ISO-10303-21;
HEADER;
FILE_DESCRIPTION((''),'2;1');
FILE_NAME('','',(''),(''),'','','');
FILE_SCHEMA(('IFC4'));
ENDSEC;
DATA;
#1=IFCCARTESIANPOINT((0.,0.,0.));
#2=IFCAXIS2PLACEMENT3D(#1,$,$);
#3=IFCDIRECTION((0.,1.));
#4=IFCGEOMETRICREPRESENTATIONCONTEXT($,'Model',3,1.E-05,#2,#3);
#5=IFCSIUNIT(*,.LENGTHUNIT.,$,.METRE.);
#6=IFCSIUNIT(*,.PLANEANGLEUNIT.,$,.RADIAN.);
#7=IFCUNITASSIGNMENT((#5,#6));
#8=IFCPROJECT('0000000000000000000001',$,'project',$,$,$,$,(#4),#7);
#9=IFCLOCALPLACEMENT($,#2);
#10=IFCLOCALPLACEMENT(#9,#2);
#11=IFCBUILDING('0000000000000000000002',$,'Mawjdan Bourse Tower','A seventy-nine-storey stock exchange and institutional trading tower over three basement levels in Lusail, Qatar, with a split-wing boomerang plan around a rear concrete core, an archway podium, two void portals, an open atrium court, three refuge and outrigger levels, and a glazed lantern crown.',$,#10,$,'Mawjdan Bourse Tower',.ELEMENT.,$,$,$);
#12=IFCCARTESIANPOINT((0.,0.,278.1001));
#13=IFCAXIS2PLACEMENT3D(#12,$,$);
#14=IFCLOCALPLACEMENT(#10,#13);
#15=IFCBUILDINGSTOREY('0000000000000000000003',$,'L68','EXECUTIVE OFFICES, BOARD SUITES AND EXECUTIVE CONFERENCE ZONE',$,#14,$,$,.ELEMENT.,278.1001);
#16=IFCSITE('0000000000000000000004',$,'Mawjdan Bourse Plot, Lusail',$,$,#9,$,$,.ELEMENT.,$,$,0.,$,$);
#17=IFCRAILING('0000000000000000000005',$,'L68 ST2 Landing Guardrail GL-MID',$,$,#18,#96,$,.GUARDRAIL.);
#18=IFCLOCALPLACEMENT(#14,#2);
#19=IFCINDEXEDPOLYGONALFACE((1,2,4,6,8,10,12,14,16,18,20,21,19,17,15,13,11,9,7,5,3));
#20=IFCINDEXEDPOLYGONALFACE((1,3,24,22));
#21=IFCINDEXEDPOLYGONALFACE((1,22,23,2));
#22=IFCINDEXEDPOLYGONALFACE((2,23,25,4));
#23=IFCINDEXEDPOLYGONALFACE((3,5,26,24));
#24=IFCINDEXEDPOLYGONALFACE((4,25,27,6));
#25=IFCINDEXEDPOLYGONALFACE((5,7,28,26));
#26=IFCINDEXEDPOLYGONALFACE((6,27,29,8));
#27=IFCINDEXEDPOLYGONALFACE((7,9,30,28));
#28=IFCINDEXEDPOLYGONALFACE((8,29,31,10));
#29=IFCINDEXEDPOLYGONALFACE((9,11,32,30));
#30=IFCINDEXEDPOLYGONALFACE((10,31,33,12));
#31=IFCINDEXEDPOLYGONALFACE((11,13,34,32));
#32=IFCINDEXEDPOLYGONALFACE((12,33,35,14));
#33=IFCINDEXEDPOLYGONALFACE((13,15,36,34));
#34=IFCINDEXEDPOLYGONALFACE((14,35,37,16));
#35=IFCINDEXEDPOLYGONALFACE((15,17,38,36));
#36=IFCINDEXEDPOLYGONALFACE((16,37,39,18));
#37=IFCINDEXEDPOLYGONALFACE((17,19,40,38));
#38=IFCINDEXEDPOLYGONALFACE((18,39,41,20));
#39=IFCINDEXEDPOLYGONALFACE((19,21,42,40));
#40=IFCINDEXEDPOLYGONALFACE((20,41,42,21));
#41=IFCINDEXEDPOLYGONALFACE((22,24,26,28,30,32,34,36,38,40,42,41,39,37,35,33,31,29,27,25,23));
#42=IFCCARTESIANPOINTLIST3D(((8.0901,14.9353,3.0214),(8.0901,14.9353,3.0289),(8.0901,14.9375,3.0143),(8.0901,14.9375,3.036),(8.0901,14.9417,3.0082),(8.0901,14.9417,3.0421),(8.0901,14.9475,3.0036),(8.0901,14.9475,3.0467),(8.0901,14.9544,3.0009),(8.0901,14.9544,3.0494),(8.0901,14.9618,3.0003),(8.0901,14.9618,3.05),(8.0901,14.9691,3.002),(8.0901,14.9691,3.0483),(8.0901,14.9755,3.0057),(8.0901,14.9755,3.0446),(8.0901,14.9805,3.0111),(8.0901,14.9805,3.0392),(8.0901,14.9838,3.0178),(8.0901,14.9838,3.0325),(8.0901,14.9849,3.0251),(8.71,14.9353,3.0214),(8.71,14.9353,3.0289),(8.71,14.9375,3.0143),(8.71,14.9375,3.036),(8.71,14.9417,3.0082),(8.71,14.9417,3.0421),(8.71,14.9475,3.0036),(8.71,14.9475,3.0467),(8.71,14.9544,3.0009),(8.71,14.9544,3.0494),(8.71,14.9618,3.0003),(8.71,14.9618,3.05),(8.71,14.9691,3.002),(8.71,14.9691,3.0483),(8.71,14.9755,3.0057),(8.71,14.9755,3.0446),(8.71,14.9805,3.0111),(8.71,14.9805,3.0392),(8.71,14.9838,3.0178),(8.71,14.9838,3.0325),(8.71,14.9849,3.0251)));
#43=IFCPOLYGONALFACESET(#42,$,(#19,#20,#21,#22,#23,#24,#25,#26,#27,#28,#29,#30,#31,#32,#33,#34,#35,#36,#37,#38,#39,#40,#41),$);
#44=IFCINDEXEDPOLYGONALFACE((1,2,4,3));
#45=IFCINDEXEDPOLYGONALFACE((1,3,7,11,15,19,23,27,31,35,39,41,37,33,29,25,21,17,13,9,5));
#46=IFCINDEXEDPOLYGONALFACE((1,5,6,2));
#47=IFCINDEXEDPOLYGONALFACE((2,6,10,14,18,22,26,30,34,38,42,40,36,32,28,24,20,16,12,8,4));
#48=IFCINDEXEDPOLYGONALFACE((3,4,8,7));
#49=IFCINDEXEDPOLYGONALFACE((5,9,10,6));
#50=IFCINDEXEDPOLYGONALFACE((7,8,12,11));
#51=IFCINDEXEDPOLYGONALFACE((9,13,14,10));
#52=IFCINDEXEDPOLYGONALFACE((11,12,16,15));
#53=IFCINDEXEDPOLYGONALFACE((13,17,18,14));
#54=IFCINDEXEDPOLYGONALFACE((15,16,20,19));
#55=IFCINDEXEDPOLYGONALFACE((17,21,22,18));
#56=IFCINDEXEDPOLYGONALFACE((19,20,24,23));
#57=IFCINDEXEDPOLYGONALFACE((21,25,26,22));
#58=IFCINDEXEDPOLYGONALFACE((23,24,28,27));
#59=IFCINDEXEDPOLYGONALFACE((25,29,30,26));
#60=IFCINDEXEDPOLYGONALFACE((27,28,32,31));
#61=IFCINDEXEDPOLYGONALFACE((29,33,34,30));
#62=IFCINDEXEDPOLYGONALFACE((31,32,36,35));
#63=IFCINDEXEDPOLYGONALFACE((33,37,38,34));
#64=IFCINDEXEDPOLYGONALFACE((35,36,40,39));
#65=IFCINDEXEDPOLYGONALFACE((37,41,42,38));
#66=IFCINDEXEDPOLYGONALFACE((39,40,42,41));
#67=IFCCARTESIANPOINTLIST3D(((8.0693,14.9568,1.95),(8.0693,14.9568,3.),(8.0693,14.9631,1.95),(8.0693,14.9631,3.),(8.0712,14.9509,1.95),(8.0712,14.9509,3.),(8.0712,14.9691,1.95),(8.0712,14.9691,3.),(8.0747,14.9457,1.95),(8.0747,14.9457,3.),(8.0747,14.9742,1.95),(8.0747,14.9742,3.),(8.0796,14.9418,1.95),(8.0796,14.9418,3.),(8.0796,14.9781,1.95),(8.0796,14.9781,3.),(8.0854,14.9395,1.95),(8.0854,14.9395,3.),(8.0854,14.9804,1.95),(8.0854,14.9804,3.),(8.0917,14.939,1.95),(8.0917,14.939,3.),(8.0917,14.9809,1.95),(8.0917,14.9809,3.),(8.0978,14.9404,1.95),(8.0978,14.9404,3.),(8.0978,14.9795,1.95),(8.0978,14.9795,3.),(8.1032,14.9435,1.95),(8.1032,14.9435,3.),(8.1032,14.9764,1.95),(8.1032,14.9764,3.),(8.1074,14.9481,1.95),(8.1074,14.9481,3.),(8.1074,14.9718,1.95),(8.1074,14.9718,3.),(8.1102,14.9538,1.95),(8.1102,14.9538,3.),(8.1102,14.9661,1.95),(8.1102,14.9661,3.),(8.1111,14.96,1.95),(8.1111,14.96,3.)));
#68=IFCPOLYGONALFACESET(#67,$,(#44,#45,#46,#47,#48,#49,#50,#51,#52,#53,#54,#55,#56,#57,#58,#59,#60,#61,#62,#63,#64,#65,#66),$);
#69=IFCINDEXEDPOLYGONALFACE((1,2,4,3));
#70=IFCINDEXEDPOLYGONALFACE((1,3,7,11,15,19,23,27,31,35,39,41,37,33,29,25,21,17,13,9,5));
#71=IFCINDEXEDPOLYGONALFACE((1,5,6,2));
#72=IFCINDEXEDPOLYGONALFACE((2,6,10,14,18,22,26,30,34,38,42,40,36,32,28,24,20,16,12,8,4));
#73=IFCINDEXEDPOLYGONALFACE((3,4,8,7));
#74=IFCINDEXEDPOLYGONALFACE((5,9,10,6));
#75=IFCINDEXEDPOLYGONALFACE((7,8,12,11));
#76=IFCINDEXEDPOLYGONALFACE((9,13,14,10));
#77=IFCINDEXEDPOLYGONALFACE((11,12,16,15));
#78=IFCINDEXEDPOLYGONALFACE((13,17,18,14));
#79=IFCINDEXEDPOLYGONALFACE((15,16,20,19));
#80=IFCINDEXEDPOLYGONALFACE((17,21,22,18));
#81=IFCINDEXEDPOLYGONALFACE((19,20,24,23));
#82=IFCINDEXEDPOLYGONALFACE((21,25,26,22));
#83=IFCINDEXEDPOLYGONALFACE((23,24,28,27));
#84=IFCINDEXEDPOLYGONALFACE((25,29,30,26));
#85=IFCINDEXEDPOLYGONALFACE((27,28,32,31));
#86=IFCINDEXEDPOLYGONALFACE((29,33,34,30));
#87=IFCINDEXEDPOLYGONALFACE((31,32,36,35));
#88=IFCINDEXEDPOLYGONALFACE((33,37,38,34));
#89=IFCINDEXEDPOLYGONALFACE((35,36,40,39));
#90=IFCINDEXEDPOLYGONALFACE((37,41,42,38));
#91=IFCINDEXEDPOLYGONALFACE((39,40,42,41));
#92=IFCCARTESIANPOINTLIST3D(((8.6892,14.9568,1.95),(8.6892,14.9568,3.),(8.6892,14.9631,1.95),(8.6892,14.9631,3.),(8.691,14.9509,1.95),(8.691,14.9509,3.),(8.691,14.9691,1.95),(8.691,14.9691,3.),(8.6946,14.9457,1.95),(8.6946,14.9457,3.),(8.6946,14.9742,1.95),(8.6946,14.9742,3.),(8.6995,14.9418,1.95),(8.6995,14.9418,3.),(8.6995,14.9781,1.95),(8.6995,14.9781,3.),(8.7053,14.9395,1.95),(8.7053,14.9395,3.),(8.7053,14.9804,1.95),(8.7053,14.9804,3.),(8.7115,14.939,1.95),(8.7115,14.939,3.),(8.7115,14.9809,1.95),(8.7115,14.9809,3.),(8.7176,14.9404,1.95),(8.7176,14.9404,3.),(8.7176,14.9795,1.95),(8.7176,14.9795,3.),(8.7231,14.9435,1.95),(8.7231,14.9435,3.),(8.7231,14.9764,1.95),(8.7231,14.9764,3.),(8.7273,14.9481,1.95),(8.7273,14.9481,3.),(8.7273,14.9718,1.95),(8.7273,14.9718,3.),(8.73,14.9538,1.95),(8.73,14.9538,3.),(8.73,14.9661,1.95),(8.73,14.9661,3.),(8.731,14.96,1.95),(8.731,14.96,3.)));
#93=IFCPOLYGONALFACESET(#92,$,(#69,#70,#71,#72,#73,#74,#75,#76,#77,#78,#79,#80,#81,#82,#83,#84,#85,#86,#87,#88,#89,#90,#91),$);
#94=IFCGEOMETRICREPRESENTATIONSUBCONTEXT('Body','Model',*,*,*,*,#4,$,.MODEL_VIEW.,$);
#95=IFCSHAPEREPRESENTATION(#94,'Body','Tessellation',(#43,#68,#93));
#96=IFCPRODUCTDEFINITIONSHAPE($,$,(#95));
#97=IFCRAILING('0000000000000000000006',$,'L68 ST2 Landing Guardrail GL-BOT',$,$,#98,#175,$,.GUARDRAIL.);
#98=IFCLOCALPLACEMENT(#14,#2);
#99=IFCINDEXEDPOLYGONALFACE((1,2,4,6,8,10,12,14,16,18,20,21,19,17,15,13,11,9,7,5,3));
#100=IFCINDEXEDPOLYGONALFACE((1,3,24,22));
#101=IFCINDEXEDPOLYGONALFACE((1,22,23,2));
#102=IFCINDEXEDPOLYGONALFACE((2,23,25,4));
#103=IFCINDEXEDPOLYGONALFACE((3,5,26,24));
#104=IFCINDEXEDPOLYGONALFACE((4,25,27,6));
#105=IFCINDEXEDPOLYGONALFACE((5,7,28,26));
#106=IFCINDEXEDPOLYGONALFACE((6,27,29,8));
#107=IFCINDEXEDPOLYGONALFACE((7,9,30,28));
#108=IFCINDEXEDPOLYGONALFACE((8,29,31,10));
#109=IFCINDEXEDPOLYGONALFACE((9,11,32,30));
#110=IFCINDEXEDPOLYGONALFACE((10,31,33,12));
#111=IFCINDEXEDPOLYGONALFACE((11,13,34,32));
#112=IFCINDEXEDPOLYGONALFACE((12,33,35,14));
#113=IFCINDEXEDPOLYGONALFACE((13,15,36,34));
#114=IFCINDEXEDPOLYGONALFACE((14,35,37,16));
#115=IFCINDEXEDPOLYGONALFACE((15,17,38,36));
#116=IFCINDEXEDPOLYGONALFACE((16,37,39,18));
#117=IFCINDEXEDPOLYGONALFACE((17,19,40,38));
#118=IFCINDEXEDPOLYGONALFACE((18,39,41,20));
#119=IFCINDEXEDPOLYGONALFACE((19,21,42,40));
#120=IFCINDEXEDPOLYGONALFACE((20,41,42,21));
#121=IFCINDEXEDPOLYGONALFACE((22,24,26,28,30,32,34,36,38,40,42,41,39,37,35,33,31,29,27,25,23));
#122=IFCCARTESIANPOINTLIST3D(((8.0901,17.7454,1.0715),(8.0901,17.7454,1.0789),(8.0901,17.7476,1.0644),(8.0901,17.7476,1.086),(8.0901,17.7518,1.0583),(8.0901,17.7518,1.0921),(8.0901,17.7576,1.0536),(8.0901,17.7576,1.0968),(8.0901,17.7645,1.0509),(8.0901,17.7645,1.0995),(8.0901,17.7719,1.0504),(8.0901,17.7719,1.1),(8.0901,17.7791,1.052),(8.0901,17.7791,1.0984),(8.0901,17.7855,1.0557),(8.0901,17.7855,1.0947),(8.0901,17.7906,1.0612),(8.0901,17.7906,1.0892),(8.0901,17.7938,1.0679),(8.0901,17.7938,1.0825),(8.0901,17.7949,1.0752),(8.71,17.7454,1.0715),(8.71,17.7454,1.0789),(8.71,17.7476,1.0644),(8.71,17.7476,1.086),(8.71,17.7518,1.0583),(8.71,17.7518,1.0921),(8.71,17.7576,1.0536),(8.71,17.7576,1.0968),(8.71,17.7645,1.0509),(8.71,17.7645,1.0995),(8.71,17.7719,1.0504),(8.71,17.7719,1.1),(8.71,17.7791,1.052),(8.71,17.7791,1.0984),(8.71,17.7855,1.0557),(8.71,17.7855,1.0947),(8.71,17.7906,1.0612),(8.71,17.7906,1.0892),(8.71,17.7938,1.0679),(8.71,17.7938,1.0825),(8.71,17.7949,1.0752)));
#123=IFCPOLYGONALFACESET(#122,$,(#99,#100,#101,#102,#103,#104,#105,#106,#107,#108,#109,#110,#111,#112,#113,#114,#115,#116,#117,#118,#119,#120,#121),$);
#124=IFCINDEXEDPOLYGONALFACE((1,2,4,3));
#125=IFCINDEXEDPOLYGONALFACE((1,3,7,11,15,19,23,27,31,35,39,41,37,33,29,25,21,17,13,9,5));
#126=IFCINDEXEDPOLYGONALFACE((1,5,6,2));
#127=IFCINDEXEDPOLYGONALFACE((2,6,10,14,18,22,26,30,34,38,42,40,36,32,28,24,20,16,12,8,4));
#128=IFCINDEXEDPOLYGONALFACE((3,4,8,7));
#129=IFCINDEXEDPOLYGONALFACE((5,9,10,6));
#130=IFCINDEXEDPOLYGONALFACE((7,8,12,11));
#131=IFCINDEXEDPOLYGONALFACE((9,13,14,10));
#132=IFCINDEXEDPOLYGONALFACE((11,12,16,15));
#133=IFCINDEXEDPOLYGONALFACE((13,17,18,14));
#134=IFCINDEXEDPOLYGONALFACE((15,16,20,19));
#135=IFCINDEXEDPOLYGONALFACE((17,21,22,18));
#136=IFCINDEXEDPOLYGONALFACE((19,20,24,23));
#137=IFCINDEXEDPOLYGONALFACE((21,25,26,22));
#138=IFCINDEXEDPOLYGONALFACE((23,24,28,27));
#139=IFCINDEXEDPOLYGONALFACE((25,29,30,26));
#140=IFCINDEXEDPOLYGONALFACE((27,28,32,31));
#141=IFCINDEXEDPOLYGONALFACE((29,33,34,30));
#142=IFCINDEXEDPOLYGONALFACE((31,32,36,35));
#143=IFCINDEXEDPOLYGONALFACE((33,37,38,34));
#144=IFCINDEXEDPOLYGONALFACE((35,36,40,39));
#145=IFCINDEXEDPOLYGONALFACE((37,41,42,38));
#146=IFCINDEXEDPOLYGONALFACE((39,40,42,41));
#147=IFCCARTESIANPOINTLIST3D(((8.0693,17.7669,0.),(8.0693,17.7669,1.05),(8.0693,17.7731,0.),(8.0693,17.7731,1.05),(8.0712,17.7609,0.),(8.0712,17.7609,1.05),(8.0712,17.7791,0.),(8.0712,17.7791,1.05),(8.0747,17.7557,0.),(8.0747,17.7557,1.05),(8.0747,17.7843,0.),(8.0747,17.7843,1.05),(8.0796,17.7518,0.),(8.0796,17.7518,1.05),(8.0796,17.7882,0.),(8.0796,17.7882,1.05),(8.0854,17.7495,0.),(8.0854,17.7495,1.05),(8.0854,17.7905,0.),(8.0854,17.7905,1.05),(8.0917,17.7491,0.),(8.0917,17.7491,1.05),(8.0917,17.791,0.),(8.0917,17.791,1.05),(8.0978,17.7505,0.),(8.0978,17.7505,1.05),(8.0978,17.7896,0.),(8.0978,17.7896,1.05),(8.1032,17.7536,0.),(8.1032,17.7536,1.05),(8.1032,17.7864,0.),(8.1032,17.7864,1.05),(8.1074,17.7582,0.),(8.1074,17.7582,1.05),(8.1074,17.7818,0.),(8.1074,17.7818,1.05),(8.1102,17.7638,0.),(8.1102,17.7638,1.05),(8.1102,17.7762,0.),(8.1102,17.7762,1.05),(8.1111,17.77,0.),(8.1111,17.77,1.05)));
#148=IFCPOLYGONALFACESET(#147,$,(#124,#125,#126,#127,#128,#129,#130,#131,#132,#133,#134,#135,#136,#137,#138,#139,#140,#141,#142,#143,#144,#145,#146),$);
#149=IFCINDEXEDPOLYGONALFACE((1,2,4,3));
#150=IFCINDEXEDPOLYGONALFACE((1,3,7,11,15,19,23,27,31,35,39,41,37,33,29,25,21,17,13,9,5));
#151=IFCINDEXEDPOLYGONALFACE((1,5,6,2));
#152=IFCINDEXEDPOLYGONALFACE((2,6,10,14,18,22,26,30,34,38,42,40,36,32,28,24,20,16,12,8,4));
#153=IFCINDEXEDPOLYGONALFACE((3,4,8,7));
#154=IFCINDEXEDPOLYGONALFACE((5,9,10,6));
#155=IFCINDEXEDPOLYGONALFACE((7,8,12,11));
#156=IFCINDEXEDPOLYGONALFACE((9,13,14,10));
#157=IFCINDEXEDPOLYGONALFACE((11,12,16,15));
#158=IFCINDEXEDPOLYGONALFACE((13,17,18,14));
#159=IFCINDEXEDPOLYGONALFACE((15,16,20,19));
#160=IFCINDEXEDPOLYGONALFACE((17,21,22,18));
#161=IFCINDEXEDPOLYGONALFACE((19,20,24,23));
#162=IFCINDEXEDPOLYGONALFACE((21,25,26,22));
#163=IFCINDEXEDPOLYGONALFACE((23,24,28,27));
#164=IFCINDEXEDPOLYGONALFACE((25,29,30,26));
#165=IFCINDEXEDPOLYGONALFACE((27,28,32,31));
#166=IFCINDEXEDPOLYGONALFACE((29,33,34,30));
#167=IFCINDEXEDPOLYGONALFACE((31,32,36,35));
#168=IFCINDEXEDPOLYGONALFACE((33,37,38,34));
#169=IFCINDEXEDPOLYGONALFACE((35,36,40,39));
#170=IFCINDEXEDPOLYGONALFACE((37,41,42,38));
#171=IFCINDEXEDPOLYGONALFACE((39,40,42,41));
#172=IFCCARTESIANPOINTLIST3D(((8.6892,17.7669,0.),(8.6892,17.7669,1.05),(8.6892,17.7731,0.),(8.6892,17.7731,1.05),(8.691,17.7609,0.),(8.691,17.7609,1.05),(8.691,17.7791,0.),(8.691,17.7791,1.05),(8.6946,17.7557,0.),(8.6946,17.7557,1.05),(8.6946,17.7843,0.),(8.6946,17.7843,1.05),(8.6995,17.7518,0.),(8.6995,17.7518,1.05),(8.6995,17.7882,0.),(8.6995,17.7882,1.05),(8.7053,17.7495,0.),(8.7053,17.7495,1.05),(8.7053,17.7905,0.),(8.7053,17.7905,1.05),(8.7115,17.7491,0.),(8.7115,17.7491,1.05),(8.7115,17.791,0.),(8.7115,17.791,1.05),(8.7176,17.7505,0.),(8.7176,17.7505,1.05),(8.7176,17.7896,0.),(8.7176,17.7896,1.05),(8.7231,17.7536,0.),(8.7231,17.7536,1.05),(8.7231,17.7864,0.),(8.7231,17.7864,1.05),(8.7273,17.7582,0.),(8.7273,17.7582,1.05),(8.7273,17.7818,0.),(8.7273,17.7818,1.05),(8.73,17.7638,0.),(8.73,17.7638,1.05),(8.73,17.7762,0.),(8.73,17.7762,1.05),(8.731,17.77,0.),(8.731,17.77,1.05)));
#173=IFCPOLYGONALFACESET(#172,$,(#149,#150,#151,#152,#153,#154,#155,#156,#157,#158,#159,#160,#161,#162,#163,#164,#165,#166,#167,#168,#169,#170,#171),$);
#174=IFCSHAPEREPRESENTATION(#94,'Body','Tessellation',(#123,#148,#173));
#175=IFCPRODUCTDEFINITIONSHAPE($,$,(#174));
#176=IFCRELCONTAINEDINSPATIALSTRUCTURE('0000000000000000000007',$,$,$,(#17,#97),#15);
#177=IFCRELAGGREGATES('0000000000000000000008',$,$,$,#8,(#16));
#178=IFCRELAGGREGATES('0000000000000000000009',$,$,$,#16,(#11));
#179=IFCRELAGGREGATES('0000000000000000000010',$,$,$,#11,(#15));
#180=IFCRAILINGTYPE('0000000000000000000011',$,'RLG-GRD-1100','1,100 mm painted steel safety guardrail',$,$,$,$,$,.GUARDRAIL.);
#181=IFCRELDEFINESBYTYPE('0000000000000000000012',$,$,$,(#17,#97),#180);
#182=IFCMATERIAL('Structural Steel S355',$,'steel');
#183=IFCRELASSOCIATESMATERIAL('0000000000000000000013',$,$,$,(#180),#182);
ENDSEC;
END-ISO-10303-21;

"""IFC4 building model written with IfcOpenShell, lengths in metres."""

from ifc_helpers import new_model, si_unit, direction, frame, origin, origin_2d, place, context, subcontext, project, spatial, circle, extrude, material, type_object, element, save


model = new_model("IFC4")

# Units and contexts
model_context = context("Model", 3, precision=1e-05, world=origin(), true_north=direction((0.0, 1.0)))
body_context = subcontext(model_context, "Body", "Model", "MODEL_VIEW")
ifc_project = project(units=[si_unit("LENGTHUNIT", "METRE"), si_unit("PLANEANGLEUNIT", "RADIAN")], contexts=[model_context])

# Site, building, storey
site_placement = place(None, origin())
site = spatial("IfcSite", under=ifc_project, at=site_placement, Name="Mawjdan Bourse Plot, Lusail", CompositionType="ELEMENT", RefElevation=0.0)
building_placement = place(site_placement, origin())
building = spatial("IfcBuilding", under=site, at=building_placement, Name="Mawjdan Bourse Tower", Description="A seventy-nine-storey stock exchange and institutional trading tower over three basement levels in Lusail, Qatar, with a split-wing boomerang plan around a rear concrete core, an archway podium, two void portals, an open atrium court, three refuge and outrigger levels, and a glazed lantern crown.", LongName="Mawjdan Bourse Tower", CompositionType="ELEMENT")
storey_placement = place(building_placement, frame((0.0, 0.0, 278.1001)))
storey = spatial("IfcBuildingStorey", under=building, at=storey_placement, Name="L68", Description="EXECUTIVE OFFICES, BOARD SUITES AND EXECUTIVE CONFERENCE ZONE", CompositionType="ELEMENT", Elevation=278.1001)

# Railings
ifc_material_1 = material(Name="Structural Steel S355", Category="steel")
railing_type_1 = type_object("IfcRailingType", Name="RLG-GRD-1100", Description="1,100 mm painted steel safety guardrail", PredefinedType="GUARDRAIL", material=ifc_material_1)
for number, where, name in (
    (1, (8.0901, 14.96, 1.95), "L68 ST2 Landing Guardrail GL-MID"),
    (2, (8.0901, 17.77, 0.0), "L68 ST2 Landing Guardrail GL-BOT"),
):
    element("IfcRailing", number, at=place(storey_placement, frame(where)), inside=storey, type_object=railing_type_1, Name=name, PredefinedType="GUARDRAIL", context=body_context, shape_type="SweptSolid", body=[
        extrude(circle(Radius=0.0249, at=origin_2d()), frame((0.0, 0.0, 1.0752), z_axis=(1.0, 0.0, 0.0), x_axis=(0.0, 1.0, 0.0)), (0.0, 0.0, 1.0), 0.6199),
        extrude(circle(Radius=0.021, at=origin_2d()), origin(), (0.0, 0.0, 1.0), 1.05),
        extrude(circle(Radius=0.021, at=origin_2d()), frame((0.6199, 0.0, 0.0)), (0.0, 0.0, 1.0), 1.05),
    ])

save(model, "model.ifc")
